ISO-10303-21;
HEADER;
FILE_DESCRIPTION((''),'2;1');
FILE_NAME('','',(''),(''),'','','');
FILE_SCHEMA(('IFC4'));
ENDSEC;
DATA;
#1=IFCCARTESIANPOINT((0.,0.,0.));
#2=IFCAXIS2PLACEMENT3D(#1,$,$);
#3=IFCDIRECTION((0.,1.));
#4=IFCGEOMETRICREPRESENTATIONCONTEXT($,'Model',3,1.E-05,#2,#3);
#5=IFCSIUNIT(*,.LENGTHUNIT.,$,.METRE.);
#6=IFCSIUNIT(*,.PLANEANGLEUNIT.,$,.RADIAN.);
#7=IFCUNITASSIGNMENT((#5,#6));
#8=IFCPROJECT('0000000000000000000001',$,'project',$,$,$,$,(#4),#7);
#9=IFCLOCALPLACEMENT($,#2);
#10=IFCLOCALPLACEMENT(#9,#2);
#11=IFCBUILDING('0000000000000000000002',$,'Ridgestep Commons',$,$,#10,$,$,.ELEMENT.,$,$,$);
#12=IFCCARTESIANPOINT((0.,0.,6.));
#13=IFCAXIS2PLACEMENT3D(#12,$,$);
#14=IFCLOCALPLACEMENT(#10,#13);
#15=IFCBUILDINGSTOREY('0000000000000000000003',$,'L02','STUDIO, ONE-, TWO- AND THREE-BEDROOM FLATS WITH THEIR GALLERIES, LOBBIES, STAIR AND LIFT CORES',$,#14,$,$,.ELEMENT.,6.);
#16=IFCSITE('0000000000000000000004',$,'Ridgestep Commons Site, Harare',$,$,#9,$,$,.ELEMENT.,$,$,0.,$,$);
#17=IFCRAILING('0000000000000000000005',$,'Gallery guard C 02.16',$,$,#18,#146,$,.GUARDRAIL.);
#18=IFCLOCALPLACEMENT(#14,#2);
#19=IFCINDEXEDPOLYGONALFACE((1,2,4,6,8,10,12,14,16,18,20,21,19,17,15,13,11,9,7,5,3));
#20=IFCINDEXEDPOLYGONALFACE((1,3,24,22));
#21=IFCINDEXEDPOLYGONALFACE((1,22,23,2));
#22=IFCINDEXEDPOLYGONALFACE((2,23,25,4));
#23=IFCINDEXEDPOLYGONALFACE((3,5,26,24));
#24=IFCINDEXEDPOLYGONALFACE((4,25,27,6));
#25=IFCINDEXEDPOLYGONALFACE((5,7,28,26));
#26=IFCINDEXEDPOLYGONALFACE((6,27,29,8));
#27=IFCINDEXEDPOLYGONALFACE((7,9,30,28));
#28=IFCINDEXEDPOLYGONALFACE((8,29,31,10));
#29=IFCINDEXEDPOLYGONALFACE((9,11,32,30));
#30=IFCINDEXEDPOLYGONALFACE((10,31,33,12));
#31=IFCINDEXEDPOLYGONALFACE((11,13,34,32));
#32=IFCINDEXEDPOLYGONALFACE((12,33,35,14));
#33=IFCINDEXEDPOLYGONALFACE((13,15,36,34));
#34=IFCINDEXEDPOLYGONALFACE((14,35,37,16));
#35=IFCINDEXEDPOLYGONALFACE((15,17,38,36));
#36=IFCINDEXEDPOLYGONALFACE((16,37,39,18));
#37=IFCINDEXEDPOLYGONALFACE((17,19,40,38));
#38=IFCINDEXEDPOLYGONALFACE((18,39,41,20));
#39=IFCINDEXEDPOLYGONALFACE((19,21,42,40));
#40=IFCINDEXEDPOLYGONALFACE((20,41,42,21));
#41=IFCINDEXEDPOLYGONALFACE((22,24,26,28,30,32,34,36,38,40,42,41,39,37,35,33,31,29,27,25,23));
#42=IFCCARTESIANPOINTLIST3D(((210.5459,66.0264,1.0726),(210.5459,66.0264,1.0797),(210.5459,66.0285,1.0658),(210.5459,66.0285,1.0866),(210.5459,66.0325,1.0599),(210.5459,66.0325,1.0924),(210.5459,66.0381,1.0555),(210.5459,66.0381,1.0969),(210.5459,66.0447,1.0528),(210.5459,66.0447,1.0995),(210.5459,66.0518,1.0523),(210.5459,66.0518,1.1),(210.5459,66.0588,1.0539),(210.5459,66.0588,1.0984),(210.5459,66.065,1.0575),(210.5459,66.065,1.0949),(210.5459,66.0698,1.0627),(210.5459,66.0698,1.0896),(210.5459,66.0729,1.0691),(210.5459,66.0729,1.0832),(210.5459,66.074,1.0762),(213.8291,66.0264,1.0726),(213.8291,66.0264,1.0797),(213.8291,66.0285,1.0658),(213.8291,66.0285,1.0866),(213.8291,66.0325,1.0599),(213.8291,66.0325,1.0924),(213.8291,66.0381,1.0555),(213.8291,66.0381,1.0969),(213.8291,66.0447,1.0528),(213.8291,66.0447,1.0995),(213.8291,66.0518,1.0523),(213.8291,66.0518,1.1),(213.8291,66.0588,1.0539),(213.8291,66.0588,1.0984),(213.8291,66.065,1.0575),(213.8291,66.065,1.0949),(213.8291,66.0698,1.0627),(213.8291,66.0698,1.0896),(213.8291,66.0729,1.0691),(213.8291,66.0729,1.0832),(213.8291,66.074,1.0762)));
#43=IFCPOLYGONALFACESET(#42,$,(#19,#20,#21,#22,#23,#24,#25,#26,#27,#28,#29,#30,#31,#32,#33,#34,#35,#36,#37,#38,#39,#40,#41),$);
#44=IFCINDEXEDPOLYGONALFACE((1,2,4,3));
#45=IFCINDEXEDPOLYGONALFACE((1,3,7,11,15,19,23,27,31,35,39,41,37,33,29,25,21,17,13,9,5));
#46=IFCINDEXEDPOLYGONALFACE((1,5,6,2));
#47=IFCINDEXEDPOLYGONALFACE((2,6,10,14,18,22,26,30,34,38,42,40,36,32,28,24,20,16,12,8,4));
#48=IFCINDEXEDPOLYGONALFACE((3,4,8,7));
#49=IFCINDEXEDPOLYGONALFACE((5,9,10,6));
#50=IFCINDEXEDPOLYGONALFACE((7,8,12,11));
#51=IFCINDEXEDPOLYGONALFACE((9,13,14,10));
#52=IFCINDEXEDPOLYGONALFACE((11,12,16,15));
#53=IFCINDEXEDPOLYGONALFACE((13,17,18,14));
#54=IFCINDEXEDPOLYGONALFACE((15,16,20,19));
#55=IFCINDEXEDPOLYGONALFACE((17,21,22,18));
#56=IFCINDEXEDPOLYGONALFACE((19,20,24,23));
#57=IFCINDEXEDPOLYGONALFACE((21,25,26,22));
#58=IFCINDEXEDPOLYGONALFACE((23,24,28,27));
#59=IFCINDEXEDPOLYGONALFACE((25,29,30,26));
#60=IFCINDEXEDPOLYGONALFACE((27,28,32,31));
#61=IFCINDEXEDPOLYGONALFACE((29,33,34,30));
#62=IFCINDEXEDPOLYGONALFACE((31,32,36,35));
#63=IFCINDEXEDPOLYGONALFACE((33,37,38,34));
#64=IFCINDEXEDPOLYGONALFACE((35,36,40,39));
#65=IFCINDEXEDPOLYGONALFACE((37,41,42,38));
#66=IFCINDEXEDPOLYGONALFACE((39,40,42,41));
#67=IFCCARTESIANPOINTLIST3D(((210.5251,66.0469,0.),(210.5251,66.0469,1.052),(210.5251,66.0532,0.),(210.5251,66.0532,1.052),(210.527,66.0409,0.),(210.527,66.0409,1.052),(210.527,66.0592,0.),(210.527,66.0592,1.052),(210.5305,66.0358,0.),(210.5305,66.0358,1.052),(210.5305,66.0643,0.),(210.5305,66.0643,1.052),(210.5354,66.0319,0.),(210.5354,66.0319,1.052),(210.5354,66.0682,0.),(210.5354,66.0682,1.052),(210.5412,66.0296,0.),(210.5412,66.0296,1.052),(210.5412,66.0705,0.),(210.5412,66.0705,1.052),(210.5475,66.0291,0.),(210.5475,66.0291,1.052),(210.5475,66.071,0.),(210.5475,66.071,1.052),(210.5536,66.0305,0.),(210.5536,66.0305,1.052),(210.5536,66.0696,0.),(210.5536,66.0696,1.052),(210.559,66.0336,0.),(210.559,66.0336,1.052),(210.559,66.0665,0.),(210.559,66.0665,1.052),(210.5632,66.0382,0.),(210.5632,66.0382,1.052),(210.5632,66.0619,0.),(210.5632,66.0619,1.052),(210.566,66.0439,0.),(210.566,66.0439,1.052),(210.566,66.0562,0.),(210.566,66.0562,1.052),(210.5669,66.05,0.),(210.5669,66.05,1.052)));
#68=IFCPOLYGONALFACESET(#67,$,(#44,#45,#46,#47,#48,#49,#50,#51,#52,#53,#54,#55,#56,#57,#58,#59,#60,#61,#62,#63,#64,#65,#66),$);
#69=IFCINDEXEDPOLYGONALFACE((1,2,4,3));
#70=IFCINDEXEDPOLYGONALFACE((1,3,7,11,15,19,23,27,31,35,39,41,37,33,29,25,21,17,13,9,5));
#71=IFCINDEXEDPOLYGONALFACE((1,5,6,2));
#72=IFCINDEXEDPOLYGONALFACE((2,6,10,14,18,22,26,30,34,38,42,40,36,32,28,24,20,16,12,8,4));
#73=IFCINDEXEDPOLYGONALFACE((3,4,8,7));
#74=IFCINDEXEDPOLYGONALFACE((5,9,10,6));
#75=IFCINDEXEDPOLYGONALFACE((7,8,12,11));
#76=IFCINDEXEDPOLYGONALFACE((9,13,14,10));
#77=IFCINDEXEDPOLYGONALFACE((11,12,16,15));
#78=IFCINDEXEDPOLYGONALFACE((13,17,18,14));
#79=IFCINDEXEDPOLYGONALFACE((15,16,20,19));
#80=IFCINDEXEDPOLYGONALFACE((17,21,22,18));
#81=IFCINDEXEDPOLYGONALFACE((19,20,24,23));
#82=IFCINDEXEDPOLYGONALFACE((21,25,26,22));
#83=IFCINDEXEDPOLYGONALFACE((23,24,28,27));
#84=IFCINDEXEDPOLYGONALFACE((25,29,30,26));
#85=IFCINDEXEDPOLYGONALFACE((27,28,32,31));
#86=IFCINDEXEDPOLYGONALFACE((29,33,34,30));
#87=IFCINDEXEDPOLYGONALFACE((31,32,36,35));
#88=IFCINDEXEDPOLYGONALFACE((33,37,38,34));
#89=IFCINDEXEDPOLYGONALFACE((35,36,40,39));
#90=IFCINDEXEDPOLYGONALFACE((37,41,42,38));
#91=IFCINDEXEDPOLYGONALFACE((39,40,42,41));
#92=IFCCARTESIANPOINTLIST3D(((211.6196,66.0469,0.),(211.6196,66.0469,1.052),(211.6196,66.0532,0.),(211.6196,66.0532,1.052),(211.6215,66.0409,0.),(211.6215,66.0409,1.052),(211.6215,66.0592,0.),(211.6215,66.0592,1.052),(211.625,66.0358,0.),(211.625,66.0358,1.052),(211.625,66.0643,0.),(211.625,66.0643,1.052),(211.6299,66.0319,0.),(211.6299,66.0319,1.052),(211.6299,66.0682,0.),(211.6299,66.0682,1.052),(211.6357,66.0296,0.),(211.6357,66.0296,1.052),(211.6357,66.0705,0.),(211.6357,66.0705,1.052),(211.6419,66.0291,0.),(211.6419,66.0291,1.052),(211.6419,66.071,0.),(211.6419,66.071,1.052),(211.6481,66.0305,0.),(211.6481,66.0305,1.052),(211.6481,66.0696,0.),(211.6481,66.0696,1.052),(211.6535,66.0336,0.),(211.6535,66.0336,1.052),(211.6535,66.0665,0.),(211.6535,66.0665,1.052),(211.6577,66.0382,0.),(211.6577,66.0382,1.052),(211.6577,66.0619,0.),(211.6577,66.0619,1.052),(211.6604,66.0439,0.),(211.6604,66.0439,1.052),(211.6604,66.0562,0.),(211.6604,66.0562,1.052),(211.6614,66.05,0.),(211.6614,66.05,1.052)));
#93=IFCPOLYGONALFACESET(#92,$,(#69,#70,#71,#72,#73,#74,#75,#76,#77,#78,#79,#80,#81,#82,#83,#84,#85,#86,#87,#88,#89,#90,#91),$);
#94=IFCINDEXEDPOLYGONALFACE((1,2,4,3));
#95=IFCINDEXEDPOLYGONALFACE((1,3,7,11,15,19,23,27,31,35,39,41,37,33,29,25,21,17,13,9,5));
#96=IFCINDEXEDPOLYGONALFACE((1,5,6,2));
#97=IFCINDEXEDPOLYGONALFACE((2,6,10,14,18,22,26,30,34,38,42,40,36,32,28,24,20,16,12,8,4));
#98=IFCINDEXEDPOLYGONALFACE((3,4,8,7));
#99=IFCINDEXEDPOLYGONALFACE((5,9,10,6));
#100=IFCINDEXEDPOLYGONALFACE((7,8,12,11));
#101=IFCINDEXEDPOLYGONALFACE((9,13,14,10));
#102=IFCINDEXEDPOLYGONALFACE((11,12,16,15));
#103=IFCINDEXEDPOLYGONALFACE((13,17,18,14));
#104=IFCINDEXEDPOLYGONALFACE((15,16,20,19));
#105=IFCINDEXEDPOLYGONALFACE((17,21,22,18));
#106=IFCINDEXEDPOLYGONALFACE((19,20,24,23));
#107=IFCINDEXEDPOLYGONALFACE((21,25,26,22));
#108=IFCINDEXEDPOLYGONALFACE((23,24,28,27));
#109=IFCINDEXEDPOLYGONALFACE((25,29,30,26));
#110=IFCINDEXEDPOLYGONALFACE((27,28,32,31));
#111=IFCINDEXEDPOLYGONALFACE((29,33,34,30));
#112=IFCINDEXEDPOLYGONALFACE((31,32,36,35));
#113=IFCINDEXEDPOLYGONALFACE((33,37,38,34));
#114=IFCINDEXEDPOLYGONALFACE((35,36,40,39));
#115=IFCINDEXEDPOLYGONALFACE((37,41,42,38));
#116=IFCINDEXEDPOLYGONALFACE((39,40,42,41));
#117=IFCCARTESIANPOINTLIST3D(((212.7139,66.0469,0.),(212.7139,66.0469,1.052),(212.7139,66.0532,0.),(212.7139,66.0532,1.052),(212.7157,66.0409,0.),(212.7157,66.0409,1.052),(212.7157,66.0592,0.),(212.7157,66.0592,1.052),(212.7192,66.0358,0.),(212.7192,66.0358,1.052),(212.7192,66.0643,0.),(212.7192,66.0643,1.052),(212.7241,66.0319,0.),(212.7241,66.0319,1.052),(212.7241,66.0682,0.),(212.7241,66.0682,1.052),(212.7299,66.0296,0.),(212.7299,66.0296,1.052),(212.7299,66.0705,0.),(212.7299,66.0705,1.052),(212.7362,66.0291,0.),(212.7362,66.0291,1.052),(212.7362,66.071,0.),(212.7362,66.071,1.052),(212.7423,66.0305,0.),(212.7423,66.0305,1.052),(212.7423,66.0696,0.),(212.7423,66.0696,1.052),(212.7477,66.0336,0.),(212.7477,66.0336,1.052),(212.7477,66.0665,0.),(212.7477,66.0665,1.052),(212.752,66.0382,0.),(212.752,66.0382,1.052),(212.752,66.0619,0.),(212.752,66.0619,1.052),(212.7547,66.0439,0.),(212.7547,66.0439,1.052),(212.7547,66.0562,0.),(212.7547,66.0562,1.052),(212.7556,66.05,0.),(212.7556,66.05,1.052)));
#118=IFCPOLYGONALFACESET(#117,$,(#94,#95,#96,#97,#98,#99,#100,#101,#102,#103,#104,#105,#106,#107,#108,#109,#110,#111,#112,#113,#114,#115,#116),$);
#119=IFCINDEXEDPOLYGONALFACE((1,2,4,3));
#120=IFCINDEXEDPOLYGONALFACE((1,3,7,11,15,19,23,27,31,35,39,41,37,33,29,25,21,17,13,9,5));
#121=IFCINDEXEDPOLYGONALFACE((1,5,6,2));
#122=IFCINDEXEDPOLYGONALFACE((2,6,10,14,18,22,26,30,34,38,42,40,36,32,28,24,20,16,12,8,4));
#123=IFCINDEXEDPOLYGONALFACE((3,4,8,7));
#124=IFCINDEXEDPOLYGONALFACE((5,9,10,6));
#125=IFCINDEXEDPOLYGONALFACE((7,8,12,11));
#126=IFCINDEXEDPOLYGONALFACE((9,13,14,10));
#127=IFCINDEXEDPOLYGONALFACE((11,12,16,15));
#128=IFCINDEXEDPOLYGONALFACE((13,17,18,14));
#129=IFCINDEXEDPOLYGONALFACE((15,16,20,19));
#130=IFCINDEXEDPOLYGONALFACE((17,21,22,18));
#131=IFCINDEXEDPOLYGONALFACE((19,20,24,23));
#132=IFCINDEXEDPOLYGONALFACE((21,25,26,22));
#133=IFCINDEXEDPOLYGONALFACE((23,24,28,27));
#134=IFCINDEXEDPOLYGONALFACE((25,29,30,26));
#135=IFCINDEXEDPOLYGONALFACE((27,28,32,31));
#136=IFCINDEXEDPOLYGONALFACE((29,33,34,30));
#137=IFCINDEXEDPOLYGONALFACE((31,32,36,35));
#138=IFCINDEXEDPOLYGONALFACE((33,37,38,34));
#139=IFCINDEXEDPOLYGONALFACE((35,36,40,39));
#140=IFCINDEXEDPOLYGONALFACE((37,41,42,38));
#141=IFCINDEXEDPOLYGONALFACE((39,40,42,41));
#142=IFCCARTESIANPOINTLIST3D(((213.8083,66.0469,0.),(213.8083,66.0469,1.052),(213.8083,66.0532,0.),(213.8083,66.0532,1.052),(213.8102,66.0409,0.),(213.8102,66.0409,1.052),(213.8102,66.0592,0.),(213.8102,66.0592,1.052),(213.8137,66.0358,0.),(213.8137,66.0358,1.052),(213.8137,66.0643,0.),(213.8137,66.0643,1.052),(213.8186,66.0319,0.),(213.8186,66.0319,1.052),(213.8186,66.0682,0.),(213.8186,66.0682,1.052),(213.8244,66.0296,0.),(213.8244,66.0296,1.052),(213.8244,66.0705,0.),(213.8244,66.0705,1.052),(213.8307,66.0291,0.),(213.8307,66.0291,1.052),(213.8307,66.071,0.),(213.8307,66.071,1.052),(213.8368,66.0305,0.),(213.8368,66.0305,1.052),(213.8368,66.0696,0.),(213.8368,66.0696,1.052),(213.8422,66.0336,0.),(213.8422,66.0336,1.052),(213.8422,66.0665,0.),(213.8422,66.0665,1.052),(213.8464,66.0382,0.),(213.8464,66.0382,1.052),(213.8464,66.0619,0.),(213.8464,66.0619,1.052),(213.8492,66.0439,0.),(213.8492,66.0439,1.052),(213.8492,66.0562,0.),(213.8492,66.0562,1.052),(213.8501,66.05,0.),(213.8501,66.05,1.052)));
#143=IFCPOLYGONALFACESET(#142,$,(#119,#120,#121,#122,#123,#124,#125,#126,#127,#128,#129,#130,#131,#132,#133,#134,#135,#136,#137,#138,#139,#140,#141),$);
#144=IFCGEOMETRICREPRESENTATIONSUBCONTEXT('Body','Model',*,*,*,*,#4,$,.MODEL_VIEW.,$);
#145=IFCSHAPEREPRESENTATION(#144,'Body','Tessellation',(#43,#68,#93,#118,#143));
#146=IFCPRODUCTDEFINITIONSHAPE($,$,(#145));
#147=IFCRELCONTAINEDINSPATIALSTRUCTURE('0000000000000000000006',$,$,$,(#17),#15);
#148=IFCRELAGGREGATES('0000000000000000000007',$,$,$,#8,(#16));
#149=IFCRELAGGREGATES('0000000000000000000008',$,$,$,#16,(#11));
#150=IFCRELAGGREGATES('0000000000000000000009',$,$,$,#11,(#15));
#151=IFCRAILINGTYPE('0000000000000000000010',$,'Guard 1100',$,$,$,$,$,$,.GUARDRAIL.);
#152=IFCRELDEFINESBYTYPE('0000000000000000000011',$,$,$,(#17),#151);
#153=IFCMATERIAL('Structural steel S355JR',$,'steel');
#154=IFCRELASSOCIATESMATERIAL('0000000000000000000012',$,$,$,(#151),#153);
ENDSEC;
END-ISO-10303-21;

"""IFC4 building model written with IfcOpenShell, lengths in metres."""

from ifc_helpers import new_model, si_unit, direction, frame, origin, origin_2d, place, context, subcontext, project, spatial, circle, extrude, material, type_object, element, save


model = new_model("IFC4")

# Units and contexts
model_context = context("Model", 3, precision=1e-05, world=origin(), true_north=direction((0.0, 1.0)))
body_context = subcontext(model_context, "Body", "Model", "MODEL_VIEW")
ifc_project = project(units=[si_unit("LENGTHUNIT", "METRE"), si_unit("PLANEANGLEUNIT", "RADIAN")], contexts=[model_context])

# Site, building, storey
site_placement = place(None, origin())
site = spatial("IfcSite", under=ifc_project, at=site_placement, Name="Ridgestep Commons Site, Harare", CompositionType="ELEMENT", RefElevation=0.0)
building_placement = place(site_placement, origin())
building = spatial("IfcBuilding", under=site, at=building_placement, Name="Ridgestep Commons", CompositionType="ELEMENT")
storey_placement = place(building_placement, frame((0.0, 0.0, 6.0)))
storey = spatial("IfcBuildingStorey", under=building, at=storey_placement, Name="L02", Description="STUDIO, ONE-, TWO- AND THREE-BEDROOM FLATS WITH THEIR GALLERIES, LOBBIES, STAIR AND LIFT CORES", CompositionType="ELEMENT", Elevation=6.0)

# Railing
ifc_material_1 = material(Name="Structural steel S355JR", Category="steel")
railing_type = type_object("IfcRailingType", Name="Guard 1100", PredefinedType="GUARDRAIL", material=ifc_material_1)
for number, where, name in (
    (1, (210.5459, 66.05, 0.0), "Gallery guard C 02.16"),
):
    element("IfcRailing", number, at=place(storey_placement, frame(where)), inside=storey, type_object=railing_type, Name=name, PredefinedType="GUARDRAIL", context=body_context, shape_type="SweptSolid", body=[
        extrude(circle(Radius=0.0239, at=origin_2d()), frame((0.0, 0.0, 1.0762), z_axis=(1.0, 0.0, 0.0), x_axis=(0.0, 1.0, 0.0)), (0.0, 0.0, 1.0), 3.2832),
        extrude(circle(Radius=0.021, at=origin_2d()), origin(), (0.0, 0.0, 1.0), 1.052),
        extrude(circle(Radius=0.021, at=origin_2d()), frame((1.0945, 0.0, 0.0)), (0.0, 0.0, 1.0), 1.052),
        extrude(circle(Radius=0.021, at=origin_2d()), frame((2.1887, 0.0, 0.0)), (0.0, 0.0, 1.0), 1.052),
        extrude(circle(Radius=0.021, at=origin_2d()), frame((3.2832, 0.0, 0.0)), (0.0, 0.0, 1.0), 1.052),
    ])

save(model, "model.ifc")
